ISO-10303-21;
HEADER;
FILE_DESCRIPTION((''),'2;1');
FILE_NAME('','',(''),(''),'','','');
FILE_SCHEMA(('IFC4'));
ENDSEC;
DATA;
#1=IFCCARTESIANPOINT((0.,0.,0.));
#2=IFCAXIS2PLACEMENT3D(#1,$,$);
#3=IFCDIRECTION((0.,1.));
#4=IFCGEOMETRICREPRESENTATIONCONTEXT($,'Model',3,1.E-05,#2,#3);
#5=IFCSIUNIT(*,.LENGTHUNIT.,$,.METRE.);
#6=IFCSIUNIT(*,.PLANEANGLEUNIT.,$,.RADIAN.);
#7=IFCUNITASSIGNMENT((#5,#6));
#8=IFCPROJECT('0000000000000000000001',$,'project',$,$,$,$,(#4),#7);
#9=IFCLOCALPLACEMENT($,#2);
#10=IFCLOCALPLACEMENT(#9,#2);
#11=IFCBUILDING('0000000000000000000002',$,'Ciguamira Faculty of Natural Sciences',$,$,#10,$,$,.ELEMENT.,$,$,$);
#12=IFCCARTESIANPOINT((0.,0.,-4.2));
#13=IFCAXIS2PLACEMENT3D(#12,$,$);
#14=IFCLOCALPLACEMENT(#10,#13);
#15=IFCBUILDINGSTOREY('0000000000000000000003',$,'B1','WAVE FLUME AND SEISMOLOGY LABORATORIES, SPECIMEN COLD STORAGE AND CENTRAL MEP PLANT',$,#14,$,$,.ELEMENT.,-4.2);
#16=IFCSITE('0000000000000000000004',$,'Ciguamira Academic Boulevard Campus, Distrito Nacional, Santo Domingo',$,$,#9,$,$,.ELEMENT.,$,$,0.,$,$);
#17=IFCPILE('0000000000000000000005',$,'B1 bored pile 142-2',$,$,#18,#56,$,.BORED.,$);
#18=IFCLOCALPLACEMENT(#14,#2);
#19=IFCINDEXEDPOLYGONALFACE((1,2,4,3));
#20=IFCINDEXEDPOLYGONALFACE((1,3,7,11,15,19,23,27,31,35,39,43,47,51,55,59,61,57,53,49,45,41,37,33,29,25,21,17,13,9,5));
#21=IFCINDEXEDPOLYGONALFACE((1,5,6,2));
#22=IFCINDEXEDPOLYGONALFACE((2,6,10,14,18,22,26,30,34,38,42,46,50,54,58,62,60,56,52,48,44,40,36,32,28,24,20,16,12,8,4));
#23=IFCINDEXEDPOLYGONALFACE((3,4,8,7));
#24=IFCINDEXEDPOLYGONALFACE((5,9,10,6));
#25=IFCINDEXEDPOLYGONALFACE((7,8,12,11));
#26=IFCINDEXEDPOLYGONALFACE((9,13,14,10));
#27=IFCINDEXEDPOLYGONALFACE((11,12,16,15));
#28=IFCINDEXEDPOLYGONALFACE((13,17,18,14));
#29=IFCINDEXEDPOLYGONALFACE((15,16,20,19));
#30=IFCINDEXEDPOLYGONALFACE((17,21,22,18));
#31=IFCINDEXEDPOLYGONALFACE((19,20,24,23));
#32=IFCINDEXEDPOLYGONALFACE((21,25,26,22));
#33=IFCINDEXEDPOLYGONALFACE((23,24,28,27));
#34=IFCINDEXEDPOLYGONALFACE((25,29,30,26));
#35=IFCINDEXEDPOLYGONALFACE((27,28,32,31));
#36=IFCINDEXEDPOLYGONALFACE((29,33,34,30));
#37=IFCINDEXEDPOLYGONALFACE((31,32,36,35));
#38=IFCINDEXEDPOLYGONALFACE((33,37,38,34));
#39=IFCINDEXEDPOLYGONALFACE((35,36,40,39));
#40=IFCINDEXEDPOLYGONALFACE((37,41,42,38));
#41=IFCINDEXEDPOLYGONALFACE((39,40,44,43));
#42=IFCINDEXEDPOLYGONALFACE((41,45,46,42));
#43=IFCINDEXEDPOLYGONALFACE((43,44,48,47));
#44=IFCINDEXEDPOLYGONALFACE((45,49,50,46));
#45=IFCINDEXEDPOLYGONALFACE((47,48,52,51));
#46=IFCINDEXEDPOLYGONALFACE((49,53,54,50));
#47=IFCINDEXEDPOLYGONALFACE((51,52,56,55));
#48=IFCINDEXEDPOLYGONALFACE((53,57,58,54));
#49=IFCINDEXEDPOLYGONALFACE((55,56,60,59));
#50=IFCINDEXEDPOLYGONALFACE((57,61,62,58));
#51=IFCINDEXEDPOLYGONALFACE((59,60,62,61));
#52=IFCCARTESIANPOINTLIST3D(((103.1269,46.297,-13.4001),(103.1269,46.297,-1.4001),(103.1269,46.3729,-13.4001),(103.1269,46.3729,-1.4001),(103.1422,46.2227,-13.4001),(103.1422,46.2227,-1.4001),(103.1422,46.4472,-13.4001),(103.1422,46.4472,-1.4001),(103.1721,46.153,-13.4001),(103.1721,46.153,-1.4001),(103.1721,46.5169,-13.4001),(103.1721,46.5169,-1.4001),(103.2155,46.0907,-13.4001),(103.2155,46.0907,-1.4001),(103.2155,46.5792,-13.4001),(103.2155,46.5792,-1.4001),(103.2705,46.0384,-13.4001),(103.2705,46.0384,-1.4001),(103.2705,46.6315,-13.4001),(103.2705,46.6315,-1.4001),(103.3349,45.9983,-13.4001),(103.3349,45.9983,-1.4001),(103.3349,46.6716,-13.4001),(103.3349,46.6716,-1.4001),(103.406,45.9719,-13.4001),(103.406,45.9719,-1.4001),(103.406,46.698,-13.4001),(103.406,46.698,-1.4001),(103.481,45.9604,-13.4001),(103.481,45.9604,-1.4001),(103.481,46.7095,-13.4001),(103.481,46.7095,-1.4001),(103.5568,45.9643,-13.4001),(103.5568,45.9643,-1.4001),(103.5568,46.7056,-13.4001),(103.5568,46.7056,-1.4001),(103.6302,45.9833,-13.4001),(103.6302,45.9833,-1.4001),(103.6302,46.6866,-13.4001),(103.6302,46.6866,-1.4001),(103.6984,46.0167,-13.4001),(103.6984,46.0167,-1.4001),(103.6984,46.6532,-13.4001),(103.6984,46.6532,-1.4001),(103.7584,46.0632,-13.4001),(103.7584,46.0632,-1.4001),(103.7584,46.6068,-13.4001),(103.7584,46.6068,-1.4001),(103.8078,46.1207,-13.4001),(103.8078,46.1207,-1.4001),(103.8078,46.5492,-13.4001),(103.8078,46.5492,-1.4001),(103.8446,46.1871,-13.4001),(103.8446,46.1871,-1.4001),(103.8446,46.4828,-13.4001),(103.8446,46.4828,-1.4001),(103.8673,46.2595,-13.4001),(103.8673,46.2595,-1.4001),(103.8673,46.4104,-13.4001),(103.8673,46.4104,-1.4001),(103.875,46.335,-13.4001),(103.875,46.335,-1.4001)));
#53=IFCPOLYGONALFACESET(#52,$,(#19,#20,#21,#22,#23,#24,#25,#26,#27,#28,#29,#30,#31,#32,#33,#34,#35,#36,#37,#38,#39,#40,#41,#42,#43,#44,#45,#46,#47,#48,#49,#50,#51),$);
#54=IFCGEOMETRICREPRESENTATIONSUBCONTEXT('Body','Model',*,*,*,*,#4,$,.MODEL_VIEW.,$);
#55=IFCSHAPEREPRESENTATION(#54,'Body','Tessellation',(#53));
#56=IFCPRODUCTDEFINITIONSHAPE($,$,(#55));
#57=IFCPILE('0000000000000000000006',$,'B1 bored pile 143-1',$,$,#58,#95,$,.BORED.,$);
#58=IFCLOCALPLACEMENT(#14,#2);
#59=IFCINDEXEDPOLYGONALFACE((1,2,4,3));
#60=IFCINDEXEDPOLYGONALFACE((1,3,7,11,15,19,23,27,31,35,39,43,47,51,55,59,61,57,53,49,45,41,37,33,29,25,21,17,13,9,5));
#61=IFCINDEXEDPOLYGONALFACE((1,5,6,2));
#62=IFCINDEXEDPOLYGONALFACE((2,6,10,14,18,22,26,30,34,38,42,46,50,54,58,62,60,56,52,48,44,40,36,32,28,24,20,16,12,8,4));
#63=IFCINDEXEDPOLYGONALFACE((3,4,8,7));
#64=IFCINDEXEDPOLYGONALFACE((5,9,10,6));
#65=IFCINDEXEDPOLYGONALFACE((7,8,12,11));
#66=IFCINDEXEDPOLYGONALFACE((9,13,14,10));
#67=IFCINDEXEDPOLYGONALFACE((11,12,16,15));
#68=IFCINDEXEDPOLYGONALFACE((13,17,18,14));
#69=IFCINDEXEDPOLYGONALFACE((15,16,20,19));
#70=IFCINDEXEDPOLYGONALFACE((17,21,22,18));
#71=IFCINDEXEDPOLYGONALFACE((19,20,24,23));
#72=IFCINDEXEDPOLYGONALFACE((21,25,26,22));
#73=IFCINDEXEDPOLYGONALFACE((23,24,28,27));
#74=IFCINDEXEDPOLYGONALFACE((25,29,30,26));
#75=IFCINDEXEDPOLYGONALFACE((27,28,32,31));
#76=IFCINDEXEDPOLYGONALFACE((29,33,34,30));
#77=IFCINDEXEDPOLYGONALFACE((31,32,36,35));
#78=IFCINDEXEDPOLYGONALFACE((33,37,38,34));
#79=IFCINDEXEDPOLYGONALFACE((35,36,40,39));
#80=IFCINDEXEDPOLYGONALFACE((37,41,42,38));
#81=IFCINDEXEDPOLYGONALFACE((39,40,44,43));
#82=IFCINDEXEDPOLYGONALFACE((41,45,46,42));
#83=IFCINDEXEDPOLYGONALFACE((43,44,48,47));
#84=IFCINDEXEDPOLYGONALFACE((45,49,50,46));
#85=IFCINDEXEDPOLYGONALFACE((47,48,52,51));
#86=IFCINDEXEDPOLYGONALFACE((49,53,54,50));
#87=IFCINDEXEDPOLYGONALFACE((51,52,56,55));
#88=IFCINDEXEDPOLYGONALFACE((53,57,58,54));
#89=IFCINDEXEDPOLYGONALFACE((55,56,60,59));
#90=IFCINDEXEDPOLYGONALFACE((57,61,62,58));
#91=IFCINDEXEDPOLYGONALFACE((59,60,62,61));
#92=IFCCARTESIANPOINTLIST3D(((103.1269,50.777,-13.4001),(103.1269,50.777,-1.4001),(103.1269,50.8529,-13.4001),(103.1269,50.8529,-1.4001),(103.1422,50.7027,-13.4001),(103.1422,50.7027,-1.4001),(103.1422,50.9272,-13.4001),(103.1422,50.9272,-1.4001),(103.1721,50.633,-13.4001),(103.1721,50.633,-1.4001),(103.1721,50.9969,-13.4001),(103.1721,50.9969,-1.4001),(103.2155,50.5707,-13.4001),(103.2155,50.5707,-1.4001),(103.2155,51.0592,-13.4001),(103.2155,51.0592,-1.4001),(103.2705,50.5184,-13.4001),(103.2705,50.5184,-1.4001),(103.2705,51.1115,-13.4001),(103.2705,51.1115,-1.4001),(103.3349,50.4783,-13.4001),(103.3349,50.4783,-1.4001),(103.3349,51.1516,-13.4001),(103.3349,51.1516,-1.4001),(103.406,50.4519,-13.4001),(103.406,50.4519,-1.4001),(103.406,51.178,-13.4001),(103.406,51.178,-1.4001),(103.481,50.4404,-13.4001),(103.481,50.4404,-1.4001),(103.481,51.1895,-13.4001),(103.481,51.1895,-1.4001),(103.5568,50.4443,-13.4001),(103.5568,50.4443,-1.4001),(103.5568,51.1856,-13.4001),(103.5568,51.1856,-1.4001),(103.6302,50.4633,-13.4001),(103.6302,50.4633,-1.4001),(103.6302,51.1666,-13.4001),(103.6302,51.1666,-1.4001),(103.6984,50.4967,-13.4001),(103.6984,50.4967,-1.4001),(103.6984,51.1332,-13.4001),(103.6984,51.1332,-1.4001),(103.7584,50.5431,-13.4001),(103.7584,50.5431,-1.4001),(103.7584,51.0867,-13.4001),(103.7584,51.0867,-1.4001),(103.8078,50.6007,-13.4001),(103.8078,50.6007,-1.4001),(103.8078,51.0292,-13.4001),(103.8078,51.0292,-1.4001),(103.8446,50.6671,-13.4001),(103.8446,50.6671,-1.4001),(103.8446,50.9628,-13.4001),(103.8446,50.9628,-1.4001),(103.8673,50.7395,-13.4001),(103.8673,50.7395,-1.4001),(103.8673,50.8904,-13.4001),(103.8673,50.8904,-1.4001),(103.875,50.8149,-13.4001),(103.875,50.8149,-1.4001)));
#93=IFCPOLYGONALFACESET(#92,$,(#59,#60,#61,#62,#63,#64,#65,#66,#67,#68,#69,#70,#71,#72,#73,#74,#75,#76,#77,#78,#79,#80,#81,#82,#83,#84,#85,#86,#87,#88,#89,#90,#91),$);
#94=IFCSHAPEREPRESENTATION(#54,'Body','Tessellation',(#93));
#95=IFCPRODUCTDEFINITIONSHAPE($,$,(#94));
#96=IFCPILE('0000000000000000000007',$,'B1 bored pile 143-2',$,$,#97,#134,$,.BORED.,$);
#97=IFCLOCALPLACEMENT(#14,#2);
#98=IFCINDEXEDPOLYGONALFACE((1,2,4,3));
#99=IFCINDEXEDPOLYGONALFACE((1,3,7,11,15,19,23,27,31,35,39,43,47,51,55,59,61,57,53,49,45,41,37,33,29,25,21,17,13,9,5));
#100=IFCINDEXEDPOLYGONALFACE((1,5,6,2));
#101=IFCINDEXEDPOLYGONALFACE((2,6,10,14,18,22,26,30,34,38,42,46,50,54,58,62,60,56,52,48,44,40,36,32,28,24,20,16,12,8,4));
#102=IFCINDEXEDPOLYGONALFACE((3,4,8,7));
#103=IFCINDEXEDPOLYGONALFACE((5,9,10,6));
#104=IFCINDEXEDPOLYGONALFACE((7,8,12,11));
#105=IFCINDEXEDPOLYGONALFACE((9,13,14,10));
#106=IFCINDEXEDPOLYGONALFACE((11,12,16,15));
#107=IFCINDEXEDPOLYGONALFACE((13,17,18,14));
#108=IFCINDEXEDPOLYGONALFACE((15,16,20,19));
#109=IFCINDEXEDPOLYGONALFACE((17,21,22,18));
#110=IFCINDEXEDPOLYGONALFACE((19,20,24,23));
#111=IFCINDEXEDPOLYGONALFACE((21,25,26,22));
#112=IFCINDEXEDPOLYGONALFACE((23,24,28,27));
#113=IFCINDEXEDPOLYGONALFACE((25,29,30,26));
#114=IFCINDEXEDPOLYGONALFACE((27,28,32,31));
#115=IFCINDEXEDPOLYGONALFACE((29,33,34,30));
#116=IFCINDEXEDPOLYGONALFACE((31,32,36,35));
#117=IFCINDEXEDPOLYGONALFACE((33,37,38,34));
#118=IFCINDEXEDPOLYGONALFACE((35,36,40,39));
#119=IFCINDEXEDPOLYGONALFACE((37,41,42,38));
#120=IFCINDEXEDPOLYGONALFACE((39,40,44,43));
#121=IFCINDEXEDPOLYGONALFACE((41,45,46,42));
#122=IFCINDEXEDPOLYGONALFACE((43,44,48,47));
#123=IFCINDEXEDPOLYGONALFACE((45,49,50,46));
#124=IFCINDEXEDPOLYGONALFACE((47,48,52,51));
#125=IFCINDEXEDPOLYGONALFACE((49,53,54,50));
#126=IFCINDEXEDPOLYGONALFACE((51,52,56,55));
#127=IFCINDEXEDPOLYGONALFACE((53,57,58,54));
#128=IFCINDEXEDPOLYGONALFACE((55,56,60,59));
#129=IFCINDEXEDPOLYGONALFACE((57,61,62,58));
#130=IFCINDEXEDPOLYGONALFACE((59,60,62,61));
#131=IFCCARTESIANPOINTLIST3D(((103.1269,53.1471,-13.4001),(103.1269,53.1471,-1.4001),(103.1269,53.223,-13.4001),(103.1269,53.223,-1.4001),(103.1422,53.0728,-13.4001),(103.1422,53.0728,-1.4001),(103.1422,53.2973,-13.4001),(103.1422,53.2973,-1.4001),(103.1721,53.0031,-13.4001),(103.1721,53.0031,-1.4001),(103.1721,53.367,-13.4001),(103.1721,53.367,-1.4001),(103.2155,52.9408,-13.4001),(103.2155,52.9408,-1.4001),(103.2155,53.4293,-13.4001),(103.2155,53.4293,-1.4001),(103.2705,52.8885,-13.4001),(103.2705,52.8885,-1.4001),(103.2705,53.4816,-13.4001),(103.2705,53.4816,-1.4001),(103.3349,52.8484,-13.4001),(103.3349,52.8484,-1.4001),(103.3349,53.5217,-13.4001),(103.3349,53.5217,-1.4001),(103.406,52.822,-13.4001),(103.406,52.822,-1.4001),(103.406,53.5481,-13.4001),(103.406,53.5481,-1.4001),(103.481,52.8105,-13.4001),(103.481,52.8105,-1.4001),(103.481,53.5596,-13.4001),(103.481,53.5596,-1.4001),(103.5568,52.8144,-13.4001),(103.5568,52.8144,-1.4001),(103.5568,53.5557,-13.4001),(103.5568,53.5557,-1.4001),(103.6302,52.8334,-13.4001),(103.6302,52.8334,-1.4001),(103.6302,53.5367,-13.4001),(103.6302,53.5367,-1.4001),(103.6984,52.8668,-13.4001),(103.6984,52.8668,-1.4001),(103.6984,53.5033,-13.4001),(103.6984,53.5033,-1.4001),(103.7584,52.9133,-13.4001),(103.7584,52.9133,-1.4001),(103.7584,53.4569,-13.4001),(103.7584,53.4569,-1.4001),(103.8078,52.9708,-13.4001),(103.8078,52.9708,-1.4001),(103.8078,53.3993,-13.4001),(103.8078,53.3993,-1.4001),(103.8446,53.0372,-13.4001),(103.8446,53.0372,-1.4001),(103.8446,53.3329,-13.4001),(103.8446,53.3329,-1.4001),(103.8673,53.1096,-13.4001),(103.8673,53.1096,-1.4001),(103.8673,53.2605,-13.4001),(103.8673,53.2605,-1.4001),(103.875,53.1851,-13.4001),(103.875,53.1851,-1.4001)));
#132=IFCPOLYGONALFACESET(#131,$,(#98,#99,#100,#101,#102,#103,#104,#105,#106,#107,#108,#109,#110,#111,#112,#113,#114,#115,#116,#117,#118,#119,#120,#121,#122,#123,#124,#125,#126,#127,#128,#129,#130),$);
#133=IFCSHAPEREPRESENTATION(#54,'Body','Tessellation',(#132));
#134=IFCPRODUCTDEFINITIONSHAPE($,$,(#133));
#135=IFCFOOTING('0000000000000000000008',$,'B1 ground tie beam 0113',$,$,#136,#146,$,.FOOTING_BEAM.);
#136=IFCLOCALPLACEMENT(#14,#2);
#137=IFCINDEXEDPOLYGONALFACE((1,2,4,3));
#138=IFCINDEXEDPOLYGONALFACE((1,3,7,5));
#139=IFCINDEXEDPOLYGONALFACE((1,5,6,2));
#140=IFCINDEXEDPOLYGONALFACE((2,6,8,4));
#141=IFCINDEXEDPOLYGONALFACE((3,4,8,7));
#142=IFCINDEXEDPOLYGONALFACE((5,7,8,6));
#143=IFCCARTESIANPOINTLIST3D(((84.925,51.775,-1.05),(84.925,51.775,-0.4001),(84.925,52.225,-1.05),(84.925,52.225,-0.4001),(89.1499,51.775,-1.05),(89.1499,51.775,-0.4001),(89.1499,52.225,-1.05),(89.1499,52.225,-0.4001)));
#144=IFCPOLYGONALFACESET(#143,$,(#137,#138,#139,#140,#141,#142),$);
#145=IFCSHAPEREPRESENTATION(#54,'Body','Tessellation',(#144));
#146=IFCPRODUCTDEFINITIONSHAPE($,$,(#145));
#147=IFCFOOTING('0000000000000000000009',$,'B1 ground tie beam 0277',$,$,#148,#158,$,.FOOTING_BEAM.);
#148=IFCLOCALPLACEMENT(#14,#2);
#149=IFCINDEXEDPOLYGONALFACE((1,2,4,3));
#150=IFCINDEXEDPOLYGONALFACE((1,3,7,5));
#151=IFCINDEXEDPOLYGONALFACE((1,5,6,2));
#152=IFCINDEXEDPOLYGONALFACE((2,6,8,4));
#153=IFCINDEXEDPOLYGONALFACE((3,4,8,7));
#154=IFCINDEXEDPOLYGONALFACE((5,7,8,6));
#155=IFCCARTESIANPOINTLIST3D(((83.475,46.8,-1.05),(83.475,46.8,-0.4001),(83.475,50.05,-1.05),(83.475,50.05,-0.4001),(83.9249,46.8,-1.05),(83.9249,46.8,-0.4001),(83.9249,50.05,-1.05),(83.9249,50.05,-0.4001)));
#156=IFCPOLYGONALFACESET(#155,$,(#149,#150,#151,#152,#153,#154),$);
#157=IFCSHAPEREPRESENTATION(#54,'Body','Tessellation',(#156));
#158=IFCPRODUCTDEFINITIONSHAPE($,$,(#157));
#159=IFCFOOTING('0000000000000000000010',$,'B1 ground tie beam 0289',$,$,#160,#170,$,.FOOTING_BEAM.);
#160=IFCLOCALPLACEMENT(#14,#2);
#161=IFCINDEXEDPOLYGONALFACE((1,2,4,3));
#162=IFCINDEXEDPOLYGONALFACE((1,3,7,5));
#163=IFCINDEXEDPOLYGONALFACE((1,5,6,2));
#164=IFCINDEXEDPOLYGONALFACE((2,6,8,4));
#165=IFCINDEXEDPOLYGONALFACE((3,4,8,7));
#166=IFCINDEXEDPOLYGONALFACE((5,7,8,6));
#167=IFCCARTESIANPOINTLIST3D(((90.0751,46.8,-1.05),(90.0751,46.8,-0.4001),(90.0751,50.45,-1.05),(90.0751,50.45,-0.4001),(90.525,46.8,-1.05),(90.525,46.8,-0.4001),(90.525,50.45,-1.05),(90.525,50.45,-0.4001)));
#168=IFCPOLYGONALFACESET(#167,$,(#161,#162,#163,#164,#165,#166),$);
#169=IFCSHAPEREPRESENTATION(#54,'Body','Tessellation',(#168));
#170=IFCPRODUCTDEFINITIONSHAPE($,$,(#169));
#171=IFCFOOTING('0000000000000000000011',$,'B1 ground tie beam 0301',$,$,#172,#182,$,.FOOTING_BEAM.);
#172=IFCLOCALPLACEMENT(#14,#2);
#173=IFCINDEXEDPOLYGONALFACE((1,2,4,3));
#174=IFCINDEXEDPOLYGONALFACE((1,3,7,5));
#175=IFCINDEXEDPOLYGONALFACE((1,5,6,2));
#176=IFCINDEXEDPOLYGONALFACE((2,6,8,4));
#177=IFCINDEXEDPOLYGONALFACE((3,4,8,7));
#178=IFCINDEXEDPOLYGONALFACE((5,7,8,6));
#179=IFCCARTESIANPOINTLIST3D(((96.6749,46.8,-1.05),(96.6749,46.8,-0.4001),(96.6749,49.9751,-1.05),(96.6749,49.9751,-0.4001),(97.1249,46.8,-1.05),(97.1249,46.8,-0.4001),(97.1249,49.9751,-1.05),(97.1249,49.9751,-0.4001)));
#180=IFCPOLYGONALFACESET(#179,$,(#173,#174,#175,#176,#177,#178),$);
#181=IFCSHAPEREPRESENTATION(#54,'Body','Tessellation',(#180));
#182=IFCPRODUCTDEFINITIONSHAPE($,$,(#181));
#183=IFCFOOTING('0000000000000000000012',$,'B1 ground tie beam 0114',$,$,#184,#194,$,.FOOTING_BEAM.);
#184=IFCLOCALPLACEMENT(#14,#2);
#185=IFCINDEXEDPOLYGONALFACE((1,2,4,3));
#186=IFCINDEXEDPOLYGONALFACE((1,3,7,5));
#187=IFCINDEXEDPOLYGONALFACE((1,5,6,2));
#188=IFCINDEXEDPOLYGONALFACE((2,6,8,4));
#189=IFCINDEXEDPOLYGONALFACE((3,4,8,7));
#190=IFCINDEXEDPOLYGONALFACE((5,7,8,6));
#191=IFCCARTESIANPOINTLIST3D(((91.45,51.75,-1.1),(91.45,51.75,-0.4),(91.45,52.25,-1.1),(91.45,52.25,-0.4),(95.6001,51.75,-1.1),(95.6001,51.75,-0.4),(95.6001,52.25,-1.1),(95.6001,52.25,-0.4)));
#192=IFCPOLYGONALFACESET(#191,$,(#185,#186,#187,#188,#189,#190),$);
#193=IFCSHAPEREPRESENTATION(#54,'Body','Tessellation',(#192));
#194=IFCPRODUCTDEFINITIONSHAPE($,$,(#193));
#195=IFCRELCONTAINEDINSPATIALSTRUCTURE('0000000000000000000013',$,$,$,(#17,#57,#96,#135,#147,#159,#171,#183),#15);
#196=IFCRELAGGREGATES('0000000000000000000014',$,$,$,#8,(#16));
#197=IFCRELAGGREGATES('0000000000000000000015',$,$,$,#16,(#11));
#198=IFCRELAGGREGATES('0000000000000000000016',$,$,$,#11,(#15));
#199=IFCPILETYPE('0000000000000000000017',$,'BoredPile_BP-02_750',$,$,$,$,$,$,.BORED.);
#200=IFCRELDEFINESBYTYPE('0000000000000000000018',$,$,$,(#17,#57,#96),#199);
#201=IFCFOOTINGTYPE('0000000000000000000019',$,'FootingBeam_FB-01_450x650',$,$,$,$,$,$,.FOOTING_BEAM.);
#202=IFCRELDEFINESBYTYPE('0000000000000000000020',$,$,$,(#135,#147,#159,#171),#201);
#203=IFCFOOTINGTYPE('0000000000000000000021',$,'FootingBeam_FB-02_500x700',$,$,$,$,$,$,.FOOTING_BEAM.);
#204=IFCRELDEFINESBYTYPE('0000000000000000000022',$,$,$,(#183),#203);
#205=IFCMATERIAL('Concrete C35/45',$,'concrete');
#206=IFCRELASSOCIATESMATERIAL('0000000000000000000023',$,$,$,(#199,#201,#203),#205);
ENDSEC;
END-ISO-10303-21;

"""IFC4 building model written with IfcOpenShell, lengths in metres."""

from ifc_helpers import new_model, si_unit, direction, frame, origin, origin_2d, place, context, subcontext, project, spatial, rectangle, circle, extrude, material, material_profile, profile_set, type_object, element, save


model = new_model("IFC4")

# Units and contexts
model_context = context("Model", 3, precision=1e-05, world=origin(), true_north=direction((0.0, 1.0)))
body_context = subcontext(model_context, "Body", "Model", "MODEL_VIEW")
ifc_project = project(units=[si_unit("LENGTHUNIT", "METRE"), si_unit("PLANEANGLEUNIT", "RADIAN")], contexts=[model_context])

# Site, building, storey
site_placement = place(None, origin())
site = spatial("IfcSite", under=ifc_project, at=site_placement, Name="Ciguamira Academic Boulevard Campus, Distrito Nacional, Santo Domingo", CompositionType="ELEMENT", RefElevation=0.0)
building_placement = place(site_placement, origin())
building = spatial("IfcBuilding", under=site, at=building_placement, Name="Ciguamira Faculty of Natural Sciences", CompositionType="ELEMENT")
storey_placement = place(building_placement, frame((0.0, 0.0, -4.2)))
storey = spatial("IfcBuildingStorey", under=building, at=storey_placement, Name="B1", Description="WAVE FLUME AND SEISMOLOGY LABORATORIES, SPECIMEN COLD STORAGE AND CENTRAL MEP PLANT", CompositionType="ELEMENT", Elevation=-4.2)

# Piles
ifc_material_1 = material(Name="Concrete C35/45", Category="concrete")
ifc_material_profile_1 = material_profile(ifc_material_1, circle(Radius=0.375, at=origin_2d()), Name="PILE-BORED-750")
ifc_profile_set_1 = profile_set([ifc_material_profile_1], Name="Concrete C35/45")
pile_type = type_object("IfcPileType", Name="BoredPile_BP-02_750", PredefinedType="BORED", material=ifc_profile_set_1)
for number, where, z_axis, x_axis, name in (
    (1, (103.5, 46.335, -1.4001), (0.0, 0.0, -1.0), (1.0, 0.0, 0.0), "B1 bored pile 142-2"),
    (2, (103.5, 50.8149, -1.4001), (0.0, 0.0, -1.0), (1.0, 0.0, 0.0), "B1 bored pile 143-1"),
    (3, (103.5, 53.1851, -1.4001), (0.0, 0.0, -1.0), (1.0, 0.0, 0.0), "B1 bored pile 143-2"),
):
    element("IfcPile", number, at=place(storey_placement, frame(where, z_axis=z_axis, x_axis=x_axis)), inside=storey, type_object=pile_type, Name=name, PredefinedType="BORED", context=body_context, shape_type="SweptSolid", body=[
        extrude(circle(Radius=0.375, at=origin_2d()), origin(), (0.0, 0.0, 1.0), 12.0),
    ])

# Footings
ifc_material_profile_2 = material_profile(ifc_material_1, rectangle(XDim=0.45, YDim=0.6499, at=origin_2d()), Name="RC-FB-450X650")
ifc_profile_set_2 = profile_set([ifc_material_profile_2], Name="Concrete C35/45")
footing_type_1 = type_object("IfcFootingType", Name="FootingBeam_FB-01_450x650", PredefinedType="FOOTING_BEAM", material=ifc_profile_set_2)
footing_1_placement = place(storey_placement, frame((84.925, 52.0, -0.7251), z_axis=(1.0, 0.0, 0.0), x_axis=(0.0, 1.0, 0.0)))
element("IfcFooting", 4, at=footing_1_placement, inside=storey, type_object=footing_type_1, Name="B1 ground tie beam 0113", PredefinedType="FOOTING_BEAM", context=body_context, shape_type="SweptSolid", body=[
    extrude(rectangle(XDim=0.45, YDim=0.6499, at=origin_2d()), origin(), (0.0, 0.0, 1.0), 4.2249),
])
footing_2_placement = place(storey_placement, frame((83.7, 46.8, -0.7251), z_axis=(0.0, 1.0, 0.0), x_axis=(-1.0, 0.0, 0.0)))
element("IfcFooting", 5, at=footing_2_placement, inside=storey, type_object=footing_type_1, Name="B1 ground tie beam 0277", PredefinedType="FOOTING_BEAM", context=body_context, shape_type="SweptSolid", body=[
    extrude(rectangle(XDim=0.45, YDim=0.6499, at=origin_2d()), origin(), (0.0, 0.0, 1.0), 3.25),
])
footing_3_placement = place(storey_placement, frame((90.3, 46.8, -0.7251), z_axis=(0.0, 1.0, 0.0), x_axis=(-1.0, 0.0, 0.0)))
element("IfcFooting", 6, at=footing_3_placement, inside=storey, type_object=footing_type_1, Name="B1 ground tie beam 0289", PredefinedType="FOOTING_BEAM", context=body_context, shape_type="SweptSolid", body=[
    extrude(rectangle(XDim=0.45, YDim=0.6499, at=origin_2d()), origin(), (0.0, 0.0, 1.0), 3.6499),
])
footing_4_placement = place(storey_placement, frame((96.8999, 46.8, -0.7251), z_axis=(0.0, 1.0, 0.0), x_axis=(-1.0, 0.0, 0.0)))
element("IfcFooting", 7, at=footing_4_placement, inside=storey, type_object=footing_type_1, Name="B1 ground tie beam 0301", PredefinedType="FOOTING_BEAM", context=body_context, shape_type="SweptSolid", body=[
    extrude(rectangle(XDim=0.45, YDim=0.6499, at=origin_2d()), origin(), (0.0, 0.0, 1.0), 3.175),
])
ifc_material_profile_3 = material_profile(ifc_material_1, rectangle(XDim=0.5, YDim=0.7, at=origin_2d()), Name="RC-FB-500X700")
ifc_profile_set_3 = profile_set([ifc_material_profile_3], Name="Concrete C35/45")
footing_type_2 = type_object("IfcFootingType", Name="FootingBeam_FB-02_500x700", PredefinedType="FOOTING_BEAM", material=ifc_profile_set_3)
footing_5_placement = place(storey_placement, frame((91.45, 52.0, -0.75), z_axis=(1.0, 0.0, 0.0), x_axis=(0.0, 1.0, 0.0)))
element("IfcFooting", 8, at=footing_5_placement, inside=storey, type_object=footing_type_2, Name="B1 ground tie beam 0114", PredefinedType="FOOTING_BEAM", context=body_context, shape_type="SweptSolid", body=[
    extrude(rectangle(XDim=0.5, YDim=0.7, at=origin_2d()), origin(), (0.0, 0.0, 1.0), 4.1501),
])

save(model, "model.ifc")
